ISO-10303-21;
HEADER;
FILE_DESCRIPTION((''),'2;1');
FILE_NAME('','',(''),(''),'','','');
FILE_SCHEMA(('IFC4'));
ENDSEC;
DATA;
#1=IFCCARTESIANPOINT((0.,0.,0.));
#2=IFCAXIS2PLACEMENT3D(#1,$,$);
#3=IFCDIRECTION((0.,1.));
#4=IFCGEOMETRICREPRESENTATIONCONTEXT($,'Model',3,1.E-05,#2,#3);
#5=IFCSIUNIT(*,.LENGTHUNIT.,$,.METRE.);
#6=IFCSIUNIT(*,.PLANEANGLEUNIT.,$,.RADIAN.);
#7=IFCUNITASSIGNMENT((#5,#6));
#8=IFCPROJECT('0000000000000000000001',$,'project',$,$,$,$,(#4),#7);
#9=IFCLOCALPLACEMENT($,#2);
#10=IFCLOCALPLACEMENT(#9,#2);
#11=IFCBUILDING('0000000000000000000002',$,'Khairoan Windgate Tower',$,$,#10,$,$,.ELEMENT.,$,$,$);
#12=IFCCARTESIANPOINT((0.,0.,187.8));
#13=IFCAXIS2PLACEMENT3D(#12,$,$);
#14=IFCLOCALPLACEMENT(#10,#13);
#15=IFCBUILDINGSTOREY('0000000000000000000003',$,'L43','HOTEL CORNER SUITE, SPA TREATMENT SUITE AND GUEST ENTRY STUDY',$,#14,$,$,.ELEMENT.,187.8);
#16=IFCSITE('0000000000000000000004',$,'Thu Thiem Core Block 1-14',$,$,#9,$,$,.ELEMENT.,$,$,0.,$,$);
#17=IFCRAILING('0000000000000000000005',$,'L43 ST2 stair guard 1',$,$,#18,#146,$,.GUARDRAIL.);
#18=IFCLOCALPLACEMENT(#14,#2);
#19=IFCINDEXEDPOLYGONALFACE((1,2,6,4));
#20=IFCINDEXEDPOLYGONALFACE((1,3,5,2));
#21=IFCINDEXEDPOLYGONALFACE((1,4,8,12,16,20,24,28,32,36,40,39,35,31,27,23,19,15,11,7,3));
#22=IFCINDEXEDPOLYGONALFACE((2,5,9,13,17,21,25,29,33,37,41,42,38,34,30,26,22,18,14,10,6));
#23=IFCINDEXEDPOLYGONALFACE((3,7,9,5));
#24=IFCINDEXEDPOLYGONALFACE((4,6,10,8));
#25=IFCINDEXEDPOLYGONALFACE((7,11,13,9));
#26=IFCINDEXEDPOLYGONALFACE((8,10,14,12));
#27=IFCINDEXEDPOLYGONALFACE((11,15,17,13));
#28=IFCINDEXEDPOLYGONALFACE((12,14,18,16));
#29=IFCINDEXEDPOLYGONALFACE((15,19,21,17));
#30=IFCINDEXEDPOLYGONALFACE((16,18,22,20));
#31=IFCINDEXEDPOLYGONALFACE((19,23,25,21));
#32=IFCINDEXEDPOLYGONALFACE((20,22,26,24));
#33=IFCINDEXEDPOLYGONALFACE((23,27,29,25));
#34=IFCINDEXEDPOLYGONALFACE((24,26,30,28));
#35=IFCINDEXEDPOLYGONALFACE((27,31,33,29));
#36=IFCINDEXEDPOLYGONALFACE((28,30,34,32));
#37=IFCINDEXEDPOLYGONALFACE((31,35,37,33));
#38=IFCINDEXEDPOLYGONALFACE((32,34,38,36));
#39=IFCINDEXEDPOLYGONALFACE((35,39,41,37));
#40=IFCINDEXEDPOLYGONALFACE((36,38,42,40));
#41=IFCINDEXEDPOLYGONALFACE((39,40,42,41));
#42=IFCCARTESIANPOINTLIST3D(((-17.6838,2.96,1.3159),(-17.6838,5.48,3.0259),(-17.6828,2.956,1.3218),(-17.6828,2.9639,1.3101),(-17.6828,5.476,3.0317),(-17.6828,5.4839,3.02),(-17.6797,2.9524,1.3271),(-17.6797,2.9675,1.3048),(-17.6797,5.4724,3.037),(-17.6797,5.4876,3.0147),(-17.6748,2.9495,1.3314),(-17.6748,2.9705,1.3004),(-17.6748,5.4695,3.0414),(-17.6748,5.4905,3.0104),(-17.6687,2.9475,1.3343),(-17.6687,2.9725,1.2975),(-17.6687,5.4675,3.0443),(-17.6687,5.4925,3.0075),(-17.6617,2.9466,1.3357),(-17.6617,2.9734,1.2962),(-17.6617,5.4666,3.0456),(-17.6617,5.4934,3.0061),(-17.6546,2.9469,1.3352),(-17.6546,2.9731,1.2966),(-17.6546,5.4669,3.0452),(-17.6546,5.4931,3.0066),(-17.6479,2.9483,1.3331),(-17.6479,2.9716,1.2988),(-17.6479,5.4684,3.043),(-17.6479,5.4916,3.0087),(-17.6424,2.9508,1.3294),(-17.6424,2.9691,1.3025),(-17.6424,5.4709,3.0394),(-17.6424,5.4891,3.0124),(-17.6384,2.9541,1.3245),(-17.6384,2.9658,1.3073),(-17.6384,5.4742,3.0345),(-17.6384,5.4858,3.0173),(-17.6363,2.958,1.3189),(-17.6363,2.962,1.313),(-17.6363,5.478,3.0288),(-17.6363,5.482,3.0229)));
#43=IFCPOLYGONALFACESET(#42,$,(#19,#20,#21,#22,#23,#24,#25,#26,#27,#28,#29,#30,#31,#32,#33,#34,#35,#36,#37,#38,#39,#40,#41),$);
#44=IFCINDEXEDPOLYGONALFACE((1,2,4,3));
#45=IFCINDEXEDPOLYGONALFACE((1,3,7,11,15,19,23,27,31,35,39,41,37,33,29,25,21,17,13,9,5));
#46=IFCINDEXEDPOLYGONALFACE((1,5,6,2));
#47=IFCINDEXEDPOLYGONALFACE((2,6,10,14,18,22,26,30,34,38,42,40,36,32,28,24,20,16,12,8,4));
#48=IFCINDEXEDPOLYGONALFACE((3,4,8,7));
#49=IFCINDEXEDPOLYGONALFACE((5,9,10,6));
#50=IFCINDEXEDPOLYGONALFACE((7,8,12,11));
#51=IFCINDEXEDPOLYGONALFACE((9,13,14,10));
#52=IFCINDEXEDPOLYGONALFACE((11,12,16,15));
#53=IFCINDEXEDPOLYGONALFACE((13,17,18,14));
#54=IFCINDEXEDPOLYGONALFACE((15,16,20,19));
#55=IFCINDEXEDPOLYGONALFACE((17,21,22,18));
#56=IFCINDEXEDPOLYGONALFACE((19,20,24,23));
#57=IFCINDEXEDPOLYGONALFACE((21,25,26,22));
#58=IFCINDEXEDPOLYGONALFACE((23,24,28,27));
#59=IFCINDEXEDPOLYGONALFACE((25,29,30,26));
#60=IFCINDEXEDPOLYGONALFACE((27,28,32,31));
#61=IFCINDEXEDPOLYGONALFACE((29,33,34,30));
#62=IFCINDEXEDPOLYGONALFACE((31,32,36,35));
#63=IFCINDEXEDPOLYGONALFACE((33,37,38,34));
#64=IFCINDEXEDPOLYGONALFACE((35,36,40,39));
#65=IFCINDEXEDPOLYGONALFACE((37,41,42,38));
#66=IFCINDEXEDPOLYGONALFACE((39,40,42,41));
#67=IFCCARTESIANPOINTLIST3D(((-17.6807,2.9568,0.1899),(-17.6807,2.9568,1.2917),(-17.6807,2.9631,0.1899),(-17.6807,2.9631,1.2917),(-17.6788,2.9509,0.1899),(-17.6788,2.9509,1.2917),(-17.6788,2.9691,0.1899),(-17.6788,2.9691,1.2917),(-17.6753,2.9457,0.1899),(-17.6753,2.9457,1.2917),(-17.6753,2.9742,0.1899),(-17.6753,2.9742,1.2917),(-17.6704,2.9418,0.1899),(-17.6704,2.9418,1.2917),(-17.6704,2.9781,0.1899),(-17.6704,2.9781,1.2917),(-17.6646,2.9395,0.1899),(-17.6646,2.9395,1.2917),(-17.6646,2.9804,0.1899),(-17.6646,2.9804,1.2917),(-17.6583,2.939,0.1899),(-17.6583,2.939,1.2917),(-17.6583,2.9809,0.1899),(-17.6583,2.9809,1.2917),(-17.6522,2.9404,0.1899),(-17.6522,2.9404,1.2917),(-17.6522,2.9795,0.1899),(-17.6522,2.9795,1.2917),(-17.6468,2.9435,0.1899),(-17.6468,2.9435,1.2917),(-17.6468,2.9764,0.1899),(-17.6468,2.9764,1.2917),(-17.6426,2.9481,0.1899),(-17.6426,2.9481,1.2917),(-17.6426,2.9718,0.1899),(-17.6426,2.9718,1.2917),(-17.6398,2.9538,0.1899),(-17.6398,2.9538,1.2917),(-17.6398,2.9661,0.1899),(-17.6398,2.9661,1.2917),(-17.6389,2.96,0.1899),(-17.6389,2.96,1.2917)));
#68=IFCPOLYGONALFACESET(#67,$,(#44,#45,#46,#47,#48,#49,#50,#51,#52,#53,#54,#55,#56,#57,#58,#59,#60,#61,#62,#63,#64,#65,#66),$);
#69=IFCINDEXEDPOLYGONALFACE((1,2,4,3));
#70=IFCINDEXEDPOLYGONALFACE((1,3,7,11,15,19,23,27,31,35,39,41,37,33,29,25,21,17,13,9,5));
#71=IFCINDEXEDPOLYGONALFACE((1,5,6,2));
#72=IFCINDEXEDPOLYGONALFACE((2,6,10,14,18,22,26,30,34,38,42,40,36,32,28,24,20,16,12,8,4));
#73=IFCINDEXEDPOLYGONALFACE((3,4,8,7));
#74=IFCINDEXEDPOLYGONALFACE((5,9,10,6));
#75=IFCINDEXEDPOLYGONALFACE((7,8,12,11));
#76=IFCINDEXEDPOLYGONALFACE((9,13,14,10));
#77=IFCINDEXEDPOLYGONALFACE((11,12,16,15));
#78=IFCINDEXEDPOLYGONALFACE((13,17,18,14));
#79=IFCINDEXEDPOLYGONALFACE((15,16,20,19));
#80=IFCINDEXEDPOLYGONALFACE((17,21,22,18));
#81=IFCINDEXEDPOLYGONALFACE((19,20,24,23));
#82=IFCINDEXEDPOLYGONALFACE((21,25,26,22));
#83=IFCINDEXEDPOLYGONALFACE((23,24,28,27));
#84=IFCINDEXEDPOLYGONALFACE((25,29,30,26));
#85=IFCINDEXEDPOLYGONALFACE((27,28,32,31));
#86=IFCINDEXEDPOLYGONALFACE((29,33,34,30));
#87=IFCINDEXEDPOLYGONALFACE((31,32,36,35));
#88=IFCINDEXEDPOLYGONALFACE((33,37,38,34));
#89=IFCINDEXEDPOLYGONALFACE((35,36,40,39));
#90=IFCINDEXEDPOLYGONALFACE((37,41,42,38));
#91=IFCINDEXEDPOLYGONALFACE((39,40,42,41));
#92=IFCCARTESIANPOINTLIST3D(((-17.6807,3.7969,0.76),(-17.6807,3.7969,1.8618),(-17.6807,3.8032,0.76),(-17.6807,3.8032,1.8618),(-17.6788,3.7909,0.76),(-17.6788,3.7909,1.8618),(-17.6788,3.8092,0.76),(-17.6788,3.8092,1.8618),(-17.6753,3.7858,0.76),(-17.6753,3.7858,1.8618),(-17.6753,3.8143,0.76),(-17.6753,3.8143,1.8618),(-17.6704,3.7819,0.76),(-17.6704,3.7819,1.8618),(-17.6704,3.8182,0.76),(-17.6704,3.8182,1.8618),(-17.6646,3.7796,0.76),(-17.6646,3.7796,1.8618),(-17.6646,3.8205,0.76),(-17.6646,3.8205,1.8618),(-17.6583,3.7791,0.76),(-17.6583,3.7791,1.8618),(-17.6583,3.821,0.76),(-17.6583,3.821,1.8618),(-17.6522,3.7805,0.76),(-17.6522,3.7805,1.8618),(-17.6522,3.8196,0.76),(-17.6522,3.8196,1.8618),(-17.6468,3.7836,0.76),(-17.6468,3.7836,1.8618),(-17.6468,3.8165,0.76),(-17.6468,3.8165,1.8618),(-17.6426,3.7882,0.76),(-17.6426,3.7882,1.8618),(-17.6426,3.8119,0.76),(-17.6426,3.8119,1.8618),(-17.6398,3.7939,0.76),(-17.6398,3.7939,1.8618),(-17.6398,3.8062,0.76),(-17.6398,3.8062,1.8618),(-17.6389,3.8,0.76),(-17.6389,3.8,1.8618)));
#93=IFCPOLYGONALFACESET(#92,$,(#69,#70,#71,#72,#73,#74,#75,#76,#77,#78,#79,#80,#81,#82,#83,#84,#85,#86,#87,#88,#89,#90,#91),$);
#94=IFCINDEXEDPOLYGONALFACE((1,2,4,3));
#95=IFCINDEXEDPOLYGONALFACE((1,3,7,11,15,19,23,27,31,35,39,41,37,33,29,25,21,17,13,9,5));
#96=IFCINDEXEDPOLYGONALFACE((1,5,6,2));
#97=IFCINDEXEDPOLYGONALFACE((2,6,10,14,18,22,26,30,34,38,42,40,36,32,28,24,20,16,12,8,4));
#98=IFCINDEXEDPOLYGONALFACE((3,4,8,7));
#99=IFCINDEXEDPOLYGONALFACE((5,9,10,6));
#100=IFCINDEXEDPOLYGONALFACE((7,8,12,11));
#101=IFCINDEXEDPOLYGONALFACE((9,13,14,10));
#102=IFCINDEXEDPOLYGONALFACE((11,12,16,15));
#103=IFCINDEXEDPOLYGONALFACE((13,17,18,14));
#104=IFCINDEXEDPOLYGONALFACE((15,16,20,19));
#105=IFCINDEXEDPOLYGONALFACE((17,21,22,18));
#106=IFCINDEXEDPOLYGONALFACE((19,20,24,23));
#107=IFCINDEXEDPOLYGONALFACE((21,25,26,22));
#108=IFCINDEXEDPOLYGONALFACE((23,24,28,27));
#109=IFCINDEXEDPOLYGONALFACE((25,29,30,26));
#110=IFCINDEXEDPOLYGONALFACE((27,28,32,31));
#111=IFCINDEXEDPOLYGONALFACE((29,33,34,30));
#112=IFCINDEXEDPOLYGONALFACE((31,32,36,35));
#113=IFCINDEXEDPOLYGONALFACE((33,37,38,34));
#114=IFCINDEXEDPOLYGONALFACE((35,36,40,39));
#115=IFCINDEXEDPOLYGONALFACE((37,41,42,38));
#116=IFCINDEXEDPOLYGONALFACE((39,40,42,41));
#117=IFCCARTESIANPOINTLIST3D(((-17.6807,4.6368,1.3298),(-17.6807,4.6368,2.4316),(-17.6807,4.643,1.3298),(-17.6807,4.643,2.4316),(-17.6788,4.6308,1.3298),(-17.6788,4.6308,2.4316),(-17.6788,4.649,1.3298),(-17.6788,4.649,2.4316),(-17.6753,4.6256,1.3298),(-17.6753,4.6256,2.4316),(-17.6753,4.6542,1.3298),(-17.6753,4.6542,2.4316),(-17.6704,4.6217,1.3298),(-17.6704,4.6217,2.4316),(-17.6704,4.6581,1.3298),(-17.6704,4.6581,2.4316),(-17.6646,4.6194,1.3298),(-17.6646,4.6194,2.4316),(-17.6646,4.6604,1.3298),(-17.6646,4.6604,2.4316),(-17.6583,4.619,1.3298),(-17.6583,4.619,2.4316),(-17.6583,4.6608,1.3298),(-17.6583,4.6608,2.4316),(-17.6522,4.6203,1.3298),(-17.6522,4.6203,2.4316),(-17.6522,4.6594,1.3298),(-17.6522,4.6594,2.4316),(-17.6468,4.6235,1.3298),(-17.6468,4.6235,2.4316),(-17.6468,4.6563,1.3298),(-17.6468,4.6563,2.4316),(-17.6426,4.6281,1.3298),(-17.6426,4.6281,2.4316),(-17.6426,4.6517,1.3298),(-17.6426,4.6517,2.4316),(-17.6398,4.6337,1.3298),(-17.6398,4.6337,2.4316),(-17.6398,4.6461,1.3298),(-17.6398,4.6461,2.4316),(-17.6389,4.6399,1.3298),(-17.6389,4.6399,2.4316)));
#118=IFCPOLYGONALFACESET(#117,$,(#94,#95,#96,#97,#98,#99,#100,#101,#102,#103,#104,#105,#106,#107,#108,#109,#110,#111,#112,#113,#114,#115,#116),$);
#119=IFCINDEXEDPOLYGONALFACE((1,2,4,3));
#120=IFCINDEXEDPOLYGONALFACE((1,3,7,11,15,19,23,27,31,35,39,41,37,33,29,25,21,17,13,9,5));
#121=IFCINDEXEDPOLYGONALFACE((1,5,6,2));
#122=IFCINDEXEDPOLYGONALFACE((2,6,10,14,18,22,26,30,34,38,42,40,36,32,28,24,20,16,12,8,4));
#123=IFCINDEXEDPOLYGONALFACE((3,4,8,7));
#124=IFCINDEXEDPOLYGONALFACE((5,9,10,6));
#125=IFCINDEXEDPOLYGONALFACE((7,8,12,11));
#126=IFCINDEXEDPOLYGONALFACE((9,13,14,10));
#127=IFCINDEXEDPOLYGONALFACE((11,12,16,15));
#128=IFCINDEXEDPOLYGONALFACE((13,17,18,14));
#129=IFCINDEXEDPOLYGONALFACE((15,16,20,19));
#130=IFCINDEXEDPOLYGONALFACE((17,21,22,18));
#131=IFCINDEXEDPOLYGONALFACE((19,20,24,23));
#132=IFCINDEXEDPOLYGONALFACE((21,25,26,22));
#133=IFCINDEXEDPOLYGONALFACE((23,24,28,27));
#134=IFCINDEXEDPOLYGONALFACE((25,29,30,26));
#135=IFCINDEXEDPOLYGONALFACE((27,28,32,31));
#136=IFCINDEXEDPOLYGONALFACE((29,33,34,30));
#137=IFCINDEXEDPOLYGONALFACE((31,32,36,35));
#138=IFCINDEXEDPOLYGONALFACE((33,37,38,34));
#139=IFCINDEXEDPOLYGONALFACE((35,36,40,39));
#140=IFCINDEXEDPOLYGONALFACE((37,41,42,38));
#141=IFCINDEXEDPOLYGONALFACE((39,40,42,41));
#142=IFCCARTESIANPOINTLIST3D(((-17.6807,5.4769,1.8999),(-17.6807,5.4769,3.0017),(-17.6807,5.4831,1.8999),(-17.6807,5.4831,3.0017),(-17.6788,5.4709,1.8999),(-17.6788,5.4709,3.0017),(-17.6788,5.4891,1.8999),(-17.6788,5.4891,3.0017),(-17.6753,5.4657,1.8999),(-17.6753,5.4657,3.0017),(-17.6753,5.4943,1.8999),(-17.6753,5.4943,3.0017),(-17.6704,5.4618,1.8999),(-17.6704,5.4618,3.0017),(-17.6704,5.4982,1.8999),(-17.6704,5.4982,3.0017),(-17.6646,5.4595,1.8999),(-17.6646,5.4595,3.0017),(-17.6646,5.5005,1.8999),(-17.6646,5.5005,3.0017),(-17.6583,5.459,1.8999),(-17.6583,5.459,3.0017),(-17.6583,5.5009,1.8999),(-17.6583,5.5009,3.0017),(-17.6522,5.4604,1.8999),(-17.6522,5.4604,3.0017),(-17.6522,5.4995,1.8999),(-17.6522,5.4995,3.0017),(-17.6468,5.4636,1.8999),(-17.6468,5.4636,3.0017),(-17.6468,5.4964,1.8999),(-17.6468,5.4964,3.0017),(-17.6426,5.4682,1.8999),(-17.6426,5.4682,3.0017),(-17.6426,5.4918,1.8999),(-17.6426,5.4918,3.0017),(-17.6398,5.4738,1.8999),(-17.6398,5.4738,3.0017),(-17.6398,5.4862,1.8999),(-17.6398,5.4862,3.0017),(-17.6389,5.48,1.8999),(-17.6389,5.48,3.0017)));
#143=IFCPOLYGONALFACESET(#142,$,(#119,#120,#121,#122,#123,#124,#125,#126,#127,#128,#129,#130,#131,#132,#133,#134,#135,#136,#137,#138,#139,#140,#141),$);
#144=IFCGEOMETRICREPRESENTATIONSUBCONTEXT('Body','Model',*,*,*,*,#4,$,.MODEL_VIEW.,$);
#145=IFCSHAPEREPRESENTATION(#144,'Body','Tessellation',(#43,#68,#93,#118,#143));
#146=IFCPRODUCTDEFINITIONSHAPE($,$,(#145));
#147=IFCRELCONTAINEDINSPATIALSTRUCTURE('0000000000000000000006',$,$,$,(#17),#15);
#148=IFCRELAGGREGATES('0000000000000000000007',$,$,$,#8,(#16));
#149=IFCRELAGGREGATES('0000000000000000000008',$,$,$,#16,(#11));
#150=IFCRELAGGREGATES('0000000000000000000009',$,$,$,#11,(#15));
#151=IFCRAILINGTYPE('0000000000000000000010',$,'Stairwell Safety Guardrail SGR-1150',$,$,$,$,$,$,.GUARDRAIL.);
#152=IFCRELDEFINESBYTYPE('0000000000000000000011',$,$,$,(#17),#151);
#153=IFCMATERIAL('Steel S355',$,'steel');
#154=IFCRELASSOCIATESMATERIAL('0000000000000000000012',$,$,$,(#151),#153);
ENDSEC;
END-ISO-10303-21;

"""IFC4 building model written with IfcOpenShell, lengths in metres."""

from ifc_helpers import new_model, si_unit, direction, frame, origin, origin_2d, place, context, subcontext, project, spatial, circle, extrude, material, type_object, element, save


model = new_model("IFC4")

# Units and contexts
model_context = context("Model", 3, precision=1e-05, world=origin(), true_north=direction((0.0, 1.0)))
body_context = subcontext(model_context, "Body", "Model", "MODEL_VIEW")
ifc_project = project(units=[si_unit("LENGTHUNIT", "METRE"), si_unit("PLANEANGLEUNIT", "RADIAN")], contexts=[model_context])

# Site, building, storey
site_placement = place(None, origin())
site = spatial("IfcSite", under=ifc_project, at=site_placement, Name="Thu Thiem Core Block 1-14", CompositionType="ELEMENT", RefElevation=0.0)
building_placement = place(site_placement, origin())
building = spatial("IfcBuilding", under=site, at=building_placement, Name="Khairoan Windgate Tower", CompositionType="ELEMENT")
storey_placement = place(building_placement, frame((0.0, 0.0, 187.8)))
storey = spatial("IfcBuildingStorey", under=building, at=storey_placement, Name="L43", Description="HOTEL CORNER SUITE, SPA TREATMENT SUITE AND GUEST ENTRY STUDY", CompositionType="ELEMENT", Elevation=187.8)

# Railing
ifc_material_1 = material(Name="Steel S355", Category="steel")
railing_type_1 = type_object("IfcRailingType", Name="Stairwell Safety Guardrail SGR-1150", PredefinedType="GUARDRAIL", material=ifc_material_1)
railing_1_placement = place(storey_placement, frame((-17.6599, 2.96, 0.1899)))
element("IfcRailing", 1, at=railing_1_placement, inside=storey, type_object=railing_type_1, Name="L43 ST2 stair guard 1", PredefinedType="GUARDRAIL", context=body_context, shape_type="SweptSolid", body=[
    extrude(circle(Radius=0.0239, at=origin_2d()), frame((0.0, 0.0, 1.126), z_axis=(0.0, 0.827484, 0.56149), x_axis=(-1.0, 0.0, 0.0)), (0.0, 0.0, 1.0), 3.0454),
    extrude(circle(Radius=0.021, at=origin_2d()), origin(), (0.0, 0.0, 1.0), 1.1018),
    extrude(circle(Radius=0.021, at=origin_2d()), frame((0.0, 0.8401, 0.5701)), (0.0, 0.0, 1.0), 1.1018),
    extrude(circle(Radius=0.021, at=origin_2d()), frame((0.0, 1.6799, 1.1399)), (0.0, 0.0, 1.0), 1.1018),
    extrude(circle(Radius=0.021, at=origin_2d()), frame((0.0, 2.52, 1.71)), (0.0, 0.0, 1.0), 1.1018),
])

save(model, "model.ifc")
